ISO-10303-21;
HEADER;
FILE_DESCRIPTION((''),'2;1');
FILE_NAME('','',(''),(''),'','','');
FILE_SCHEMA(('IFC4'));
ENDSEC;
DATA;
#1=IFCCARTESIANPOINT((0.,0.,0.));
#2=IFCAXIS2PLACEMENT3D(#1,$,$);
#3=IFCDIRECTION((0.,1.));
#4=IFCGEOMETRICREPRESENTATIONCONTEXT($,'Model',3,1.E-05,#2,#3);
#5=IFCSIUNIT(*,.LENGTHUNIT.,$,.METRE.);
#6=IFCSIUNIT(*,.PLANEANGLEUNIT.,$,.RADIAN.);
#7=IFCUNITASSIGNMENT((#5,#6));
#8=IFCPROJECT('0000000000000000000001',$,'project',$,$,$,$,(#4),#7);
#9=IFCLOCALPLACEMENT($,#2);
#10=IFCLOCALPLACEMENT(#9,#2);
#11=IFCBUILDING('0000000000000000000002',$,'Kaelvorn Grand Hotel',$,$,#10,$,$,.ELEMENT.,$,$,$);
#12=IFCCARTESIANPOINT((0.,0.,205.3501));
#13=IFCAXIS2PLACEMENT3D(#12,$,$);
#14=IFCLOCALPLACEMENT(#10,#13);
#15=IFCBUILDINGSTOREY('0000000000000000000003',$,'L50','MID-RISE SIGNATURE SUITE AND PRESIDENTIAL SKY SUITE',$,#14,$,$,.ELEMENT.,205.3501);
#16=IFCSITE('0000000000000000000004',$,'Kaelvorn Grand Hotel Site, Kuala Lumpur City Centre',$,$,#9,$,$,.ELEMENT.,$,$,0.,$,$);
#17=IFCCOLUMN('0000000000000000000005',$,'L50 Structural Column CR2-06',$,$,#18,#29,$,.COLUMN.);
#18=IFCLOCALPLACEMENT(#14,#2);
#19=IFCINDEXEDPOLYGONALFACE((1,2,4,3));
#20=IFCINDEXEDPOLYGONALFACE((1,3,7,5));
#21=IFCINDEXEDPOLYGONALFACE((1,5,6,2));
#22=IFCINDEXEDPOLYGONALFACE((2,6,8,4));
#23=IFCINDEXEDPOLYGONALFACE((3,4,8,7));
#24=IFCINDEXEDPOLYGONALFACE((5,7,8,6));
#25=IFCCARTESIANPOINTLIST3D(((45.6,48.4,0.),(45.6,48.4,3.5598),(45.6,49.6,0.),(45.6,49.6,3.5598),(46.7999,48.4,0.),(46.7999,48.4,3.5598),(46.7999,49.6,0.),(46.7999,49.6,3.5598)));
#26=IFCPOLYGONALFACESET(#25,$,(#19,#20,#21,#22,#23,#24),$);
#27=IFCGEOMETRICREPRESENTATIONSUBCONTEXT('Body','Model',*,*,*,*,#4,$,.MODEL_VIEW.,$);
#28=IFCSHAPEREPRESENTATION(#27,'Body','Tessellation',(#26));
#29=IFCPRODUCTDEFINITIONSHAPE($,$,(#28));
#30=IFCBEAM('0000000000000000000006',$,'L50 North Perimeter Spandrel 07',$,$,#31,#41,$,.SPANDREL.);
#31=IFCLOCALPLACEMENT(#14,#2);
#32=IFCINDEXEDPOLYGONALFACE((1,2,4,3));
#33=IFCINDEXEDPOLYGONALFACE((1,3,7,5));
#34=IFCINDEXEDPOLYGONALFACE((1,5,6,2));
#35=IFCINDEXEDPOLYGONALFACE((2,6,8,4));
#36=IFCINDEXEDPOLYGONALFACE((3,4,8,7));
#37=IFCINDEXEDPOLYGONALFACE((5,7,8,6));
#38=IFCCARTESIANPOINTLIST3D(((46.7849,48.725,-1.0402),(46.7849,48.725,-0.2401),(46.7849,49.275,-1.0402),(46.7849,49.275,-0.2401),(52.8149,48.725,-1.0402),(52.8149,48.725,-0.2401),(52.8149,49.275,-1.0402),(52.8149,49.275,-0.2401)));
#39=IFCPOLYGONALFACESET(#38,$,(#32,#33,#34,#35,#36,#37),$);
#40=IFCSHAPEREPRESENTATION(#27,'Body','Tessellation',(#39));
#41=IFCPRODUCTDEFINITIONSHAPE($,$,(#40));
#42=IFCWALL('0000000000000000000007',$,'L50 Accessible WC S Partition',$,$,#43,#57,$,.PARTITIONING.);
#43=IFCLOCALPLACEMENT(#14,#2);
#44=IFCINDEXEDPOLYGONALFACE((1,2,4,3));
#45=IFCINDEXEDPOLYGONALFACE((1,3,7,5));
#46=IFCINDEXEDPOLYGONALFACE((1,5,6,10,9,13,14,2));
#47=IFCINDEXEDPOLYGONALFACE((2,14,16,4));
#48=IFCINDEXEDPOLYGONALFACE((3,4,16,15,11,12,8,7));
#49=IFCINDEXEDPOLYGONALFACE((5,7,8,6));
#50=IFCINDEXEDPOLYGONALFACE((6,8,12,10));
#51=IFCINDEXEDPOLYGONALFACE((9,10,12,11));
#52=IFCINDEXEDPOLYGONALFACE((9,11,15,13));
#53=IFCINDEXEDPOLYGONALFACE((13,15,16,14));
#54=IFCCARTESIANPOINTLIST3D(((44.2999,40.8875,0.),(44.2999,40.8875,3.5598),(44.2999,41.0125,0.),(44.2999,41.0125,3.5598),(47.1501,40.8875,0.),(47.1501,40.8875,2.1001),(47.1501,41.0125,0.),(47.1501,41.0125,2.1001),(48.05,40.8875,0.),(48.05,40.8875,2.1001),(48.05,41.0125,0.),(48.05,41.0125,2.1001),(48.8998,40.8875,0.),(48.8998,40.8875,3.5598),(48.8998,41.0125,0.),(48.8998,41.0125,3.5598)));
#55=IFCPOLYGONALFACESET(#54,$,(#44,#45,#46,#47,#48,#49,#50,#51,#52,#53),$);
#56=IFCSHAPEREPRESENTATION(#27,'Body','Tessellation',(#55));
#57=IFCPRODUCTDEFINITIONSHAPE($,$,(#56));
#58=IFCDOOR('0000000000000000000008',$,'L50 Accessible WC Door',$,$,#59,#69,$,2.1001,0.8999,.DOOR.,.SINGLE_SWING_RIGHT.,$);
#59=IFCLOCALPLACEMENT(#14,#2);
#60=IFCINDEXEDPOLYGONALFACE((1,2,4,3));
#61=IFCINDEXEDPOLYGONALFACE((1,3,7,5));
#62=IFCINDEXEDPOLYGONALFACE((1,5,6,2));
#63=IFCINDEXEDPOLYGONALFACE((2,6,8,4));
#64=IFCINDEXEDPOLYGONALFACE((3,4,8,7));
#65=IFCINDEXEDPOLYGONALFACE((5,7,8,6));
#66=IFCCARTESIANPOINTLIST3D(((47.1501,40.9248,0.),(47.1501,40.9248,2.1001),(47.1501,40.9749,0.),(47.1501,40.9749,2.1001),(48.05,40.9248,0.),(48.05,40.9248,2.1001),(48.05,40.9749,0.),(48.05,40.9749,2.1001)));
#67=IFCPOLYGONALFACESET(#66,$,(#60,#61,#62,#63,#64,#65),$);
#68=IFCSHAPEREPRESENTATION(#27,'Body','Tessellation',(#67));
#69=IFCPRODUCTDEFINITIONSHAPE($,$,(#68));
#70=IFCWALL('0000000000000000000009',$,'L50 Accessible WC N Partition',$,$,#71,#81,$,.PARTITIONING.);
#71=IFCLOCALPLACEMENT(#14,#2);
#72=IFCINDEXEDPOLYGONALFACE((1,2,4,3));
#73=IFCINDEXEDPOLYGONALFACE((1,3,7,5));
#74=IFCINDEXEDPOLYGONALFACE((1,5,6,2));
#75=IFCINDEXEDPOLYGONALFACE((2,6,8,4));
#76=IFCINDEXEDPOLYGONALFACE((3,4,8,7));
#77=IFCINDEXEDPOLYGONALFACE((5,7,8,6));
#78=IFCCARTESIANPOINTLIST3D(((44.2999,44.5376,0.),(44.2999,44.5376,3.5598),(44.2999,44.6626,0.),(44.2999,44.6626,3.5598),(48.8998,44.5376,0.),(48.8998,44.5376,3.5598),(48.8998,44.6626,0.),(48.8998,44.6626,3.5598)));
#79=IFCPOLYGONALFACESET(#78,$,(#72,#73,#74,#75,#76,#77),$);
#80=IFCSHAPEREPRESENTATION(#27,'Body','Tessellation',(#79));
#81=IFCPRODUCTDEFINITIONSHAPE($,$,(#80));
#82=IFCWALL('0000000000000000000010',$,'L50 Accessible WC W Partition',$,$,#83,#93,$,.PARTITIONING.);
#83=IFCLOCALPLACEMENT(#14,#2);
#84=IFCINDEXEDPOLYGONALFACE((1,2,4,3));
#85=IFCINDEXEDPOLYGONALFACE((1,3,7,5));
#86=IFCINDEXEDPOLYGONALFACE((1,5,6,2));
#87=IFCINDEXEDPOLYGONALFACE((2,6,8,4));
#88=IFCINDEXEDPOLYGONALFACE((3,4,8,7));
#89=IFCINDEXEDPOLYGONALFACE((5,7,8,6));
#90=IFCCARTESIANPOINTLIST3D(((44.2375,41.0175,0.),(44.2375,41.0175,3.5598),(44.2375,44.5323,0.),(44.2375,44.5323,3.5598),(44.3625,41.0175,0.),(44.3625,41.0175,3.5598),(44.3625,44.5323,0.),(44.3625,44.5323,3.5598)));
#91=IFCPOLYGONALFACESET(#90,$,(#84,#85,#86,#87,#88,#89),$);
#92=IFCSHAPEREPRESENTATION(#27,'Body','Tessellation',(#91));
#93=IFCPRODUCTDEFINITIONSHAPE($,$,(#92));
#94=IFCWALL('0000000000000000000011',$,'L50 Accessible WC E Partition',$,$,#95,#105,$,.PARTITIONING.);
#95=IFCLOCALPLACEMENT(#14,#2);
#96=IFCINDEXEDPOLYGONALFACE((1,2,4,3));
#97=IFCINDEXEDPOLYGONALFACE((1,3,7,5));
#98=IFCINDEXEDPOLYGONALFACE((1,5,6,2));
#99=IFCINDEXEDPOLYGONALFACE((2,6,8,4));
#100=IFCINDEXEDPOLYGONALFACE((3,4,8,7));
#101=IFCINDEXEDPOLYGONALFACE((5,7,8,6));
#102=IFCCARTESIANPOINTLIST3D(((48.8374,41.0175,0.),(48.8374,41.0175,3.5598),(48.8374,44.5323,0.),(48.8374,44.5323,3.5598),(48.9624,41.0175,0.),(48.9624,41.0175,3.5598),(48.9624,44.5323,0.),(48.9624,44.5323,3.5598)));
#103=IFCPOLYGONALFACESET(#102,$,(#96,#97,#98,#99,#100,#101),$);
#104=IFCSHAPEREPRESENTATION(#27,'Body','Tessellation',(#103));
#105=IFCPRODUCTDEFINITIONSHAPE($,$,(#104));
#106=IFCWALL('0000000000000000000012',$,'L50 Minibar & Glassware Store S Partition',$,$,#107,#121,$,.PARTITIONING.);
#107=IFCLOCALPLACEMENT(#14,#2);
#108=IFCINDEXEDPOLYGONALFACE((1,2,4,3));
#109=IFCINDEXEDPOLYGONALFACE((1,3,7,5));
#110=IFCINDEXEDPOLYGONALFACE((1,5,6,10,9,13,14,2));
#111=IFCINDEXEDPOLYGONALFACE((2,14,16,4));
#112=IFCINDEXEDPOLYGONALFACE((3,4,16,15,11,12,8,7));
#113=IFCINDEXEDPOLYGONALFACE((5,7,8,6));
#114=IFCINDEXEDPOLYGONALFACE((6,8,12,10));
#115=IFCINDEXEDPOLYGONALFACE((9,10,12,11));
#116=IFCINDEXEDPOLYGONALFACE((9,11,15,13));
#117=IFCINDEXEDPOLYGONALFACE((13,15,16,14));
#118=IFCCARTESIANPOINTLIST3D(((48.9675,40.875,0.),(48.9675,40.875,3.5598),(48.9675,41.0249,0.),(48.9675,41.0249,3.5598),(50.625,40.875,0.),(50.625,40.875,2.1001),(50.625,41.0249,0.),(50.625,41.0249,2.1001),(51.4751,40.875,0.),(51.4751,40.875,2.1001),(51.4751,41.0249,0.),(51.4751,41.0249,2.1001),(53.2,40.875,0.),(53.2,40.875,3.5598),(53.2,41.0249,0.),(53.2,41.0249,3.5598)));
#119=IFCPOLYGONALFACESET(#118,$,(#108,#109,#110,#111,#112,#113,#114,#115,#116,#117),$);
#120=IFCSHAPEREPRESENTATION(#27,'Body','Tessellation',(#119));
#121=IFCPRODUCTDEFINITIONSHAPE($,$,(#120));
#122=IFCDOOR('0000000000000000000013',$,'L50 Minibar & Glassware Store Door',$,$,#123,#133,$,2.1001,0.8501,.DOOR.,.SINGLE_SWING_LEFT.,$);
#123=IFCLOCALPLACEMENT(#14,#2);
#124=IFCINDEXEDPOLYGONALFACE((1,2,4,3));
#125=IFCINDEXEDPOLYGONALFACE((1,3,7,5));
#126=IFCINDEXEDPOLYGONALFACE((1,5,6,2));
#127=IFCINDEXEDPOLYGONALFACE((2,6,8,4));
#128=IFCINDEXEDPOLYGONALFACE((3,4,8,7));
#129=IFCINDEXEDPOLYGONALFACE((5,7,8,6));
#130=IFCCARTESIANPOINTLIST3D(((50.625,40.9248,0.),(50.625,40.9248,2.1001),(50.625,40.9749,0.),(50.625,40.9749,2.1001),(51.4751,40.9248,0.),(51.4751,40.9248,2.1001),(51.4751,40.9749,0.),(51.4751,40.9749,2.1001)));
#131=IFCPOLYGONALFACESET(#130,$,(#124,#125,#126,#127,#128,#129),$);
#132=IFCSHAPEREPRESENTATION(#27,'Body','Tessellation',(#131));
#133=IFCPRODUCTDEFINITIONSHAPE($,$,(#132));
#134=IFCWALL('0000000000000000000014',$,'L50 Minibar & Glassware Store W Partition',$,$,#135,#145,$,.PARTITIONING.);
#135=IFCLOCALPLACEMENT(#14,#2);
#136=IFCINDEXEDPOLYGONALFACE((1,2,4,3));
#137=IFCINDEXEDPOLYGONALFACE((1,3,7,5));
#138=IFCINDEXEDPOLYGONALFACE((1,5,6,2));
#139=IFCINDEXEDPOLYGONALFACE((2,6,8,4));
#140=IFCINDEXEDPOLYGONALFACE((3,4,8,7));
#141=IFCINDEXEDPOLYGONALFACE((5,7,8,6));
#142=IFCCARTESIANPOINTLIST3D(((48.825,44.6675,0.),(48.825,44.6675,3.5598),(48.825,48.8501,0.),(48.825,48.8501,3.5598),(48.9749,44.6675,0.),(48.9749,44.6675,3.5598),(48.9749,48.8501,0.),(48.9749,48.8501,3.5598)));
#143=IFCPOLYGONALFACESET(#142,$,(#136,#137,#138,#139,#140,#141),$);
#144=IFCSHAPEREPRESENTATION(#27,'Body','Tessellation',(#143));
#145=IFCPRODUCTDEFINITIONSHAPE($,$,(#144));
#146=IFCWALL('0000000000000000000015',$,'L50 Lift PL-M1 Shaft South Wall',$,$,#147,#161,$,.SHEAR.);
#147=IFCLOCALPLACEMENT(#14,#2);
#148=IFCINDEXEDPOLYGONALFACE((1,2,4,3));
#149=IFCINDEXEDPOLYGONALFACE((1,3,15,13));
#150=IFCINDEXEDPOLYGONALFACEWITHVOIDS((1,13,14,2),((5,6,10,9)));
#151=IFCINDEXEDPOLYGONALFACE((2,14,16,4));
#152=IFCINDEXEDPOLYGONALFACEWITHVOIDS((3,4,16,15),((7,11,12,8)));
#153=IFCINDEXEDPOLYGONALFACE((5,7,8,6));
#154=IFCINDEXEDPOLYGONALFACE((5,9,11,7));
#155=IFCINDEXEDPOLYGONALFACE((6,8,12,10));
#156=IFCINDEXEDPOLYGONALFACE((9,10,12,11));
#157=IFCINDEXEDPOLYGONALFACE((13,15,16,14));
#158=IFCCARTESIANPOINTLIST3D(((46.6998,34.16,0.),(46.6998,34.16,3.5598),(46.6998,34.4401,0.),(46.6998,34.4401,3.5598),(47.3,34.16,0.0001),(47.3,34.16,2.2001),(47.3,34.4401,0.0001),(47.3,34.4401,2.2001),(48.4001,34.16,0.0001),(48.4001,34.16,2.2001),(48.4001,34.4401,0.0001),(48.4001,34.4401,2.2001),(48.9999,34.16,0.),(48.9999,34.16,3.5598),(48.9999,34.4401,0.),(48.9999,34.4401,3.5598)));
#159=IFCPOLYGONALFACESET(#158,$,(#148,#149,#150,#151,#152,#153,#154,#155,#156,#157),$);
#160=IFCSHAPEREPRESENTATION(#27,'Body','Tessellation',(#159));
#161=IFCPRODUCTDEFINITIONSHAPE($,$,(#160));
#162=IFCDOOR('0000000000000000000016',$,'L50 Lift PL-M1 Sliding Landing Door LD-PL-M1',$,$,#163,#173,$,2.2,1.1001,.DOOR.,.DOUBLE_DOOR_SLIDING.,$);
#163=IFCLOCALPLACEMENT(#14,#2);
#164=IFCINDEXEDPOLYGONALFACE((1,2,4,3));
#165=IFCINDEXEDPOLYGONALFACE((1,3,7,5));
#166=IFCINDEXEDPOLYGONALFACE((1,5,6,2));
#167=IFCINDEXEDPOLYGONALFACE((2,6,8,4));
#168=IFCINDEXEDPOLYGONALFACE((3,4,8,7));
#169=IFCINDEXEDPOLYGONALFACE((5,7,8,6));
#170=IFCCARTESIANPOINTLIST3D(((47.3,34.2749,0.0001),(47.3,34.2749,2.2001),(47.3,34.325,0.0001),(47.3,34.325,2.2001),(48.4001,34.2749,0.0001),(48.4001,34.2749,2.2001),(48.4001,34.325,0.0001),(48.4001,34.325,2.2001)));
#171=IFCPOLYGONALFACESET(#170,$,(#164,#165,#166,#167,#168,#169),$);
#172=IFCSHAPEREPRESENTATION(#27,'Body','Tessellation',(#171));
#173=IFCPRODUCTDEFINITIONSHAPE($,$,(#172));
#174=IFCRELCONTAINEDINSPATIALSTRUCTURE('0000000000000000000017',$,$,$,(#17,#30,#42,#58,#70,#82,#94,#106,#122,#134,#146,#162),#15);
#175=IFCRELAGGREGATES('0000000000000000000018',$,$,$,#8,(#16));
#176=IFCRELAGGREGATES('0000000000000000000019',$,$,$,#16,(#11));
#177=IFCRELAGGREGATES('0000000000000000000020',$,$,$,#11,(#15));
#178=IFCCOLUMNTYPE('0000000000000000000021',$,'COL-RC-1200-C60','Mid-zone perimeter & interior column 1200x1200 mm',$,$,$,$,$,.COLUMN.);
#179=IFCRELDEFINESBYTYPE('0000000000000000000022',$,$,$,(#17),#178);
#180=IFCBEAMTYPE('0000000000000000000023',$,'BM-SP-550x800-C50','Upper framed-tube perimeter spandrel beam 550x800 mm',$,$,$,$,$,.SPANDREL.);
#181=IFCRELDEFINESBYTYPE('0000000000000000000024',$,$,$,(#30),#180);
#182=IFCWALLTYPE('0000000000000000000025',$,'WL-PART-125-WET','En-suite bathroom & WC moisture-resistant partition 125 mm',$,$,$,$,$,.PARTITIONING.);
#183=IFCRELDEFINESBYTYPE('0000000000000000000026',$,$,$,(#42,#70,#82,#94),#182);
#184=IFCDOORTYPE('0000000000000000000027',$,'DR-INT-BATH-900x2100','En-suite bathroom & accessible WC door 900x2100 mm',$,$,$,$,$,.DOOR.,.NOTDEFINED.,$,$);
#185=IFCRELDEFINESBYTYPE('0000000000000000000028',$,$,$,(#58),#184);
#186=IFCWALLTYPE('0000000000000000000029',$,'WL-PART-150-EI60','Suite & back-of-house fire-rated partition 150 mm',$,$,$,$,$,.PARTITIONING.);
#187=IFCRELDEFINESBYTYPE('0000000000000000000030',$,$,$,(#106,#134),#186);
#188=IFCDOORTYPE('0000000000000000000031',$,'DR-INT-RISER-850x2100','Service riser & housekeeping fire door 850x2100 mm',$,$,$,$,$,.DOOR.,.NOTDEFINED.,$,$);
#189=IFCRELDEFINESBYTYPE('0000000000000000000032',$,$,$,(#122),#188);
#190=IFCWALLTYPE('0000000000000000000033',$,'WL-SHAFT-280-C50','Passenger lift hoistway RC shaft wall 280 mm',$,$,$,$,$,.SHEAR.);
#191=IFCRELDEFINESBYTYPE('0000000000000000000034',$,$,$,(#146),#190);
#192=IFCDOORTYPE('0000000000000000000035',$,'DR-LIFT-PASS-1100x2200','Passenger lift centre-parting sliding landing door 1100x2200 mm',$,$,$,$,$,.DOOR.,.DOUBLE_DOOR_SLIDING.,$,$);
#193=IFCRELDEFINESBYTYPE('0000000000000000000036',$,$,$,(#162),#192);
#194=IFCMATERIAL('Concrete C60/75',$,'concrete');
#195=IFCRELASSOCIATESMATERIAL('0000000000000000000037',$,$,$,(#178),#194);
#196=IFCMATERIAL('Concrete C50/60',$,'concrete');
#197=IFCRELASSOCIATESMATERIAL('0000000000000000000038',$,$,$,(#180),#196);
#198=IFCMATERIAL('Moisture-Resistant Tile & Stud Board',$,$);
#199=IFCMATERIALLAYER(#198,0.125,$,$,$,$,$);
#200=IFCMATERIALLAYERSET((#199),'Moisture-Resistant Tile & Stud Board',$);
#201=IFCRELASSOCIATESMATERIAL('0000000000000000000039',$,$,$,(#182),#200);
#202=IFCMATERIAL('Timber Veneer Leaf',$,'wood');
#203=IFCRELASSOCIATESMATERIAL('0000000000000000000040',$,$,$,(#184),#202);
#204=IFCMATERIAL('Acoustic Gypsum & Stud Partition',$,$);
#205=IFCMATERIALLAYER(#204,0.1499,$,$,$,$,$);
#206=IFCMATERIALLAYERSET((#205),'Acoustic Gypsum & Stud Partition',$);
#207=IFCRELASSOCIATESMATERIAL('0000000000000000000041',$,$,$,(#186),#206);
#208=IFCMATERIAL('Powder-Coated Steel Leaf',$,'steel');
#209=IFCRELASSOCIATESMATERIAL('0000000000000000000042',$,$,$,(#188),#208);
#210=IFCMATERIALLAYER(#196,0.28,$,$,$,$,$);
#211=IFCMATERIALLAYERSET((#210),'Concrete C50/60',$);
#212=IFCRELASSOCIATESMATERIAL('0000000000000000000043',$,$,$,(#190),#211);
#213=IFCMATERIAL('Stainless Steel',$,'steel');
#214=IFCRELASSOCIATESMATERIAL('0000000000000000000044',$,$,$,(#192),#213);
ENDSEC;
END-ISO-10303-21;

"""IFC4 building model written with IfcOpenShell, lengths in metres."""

from ifc_helpers import new_model, si_unit, direction, frame, frame_2d, origin, origin_2d, place, context, subcontext, project, spatial, rectangle, extrude, material, layer, layer_set, material_profile, profile_set, type_object, element, fill, save


model = new_model("IFC4")

# Units and contexts
model_context = context("Model", 3, precision=1e-05, world=origin(), true_north=direction((0.0, 1.0)))
body_context = subcontext(model_context, "Body", "Model", "MODEL_VIEW")
ifc_project = project(units=[si_unit("LENGTHUNIT", "METRE"), si_unit("PLANEANGLEUNIT", "RADIAN")], contexts=[model_context])

# Site, building, storey
site_placement = place(None, origin())
site = spatial("IfcSite", under=ifc_project, at=site_placement, Name="Kaelvorn Grand Hotel Site, Kuala Lumpur City Centre", CompositionType="ELEMENT", RefElevation=0.0)
building_placement = place(site_placement, origin())
building = spatial("IfcBuilding", under=site, at=building_placement, Name="Kaelvorn Grand Hotel", CompositionType="ELEMENT")
storey_placement = place(building_placement, frame((0.0, 0.0, 205.3501)))
storey = spatial("IfcBuildingStorey", under=building, at=storey_placement, Name="L50", Description="MID-RISE SIGNATURE SUITE AND PRESIDENTIAL SKY SUITE", CompositionType="ELEMENT", Elevation=205.3501)

# Column
ifc_material_1 = material(Name="Concrete C60/75", Category="concrete")
ifc_material_profile_1 = material_profile(ifc_material_1, rectangle(XDim=1.2, YDim=1.2, at=origin_2d()), Name="RC COL 1200x1200")
ifc_profile_set_1 = profile_set([ifc_material_profile_1], Name="Concrete C60/75")
column_type = type_object("IfcColumnType", Name="COL-RC-1200-C60", Description="Mid-zone perimeter & interior column 1200x1200 mm", PredefinedType="COLUMN", material=ifc_profile_set_1)
column_placement = place(storey_placement, frame((46.2, 49.0, 0.0), z_axis=(0.0, 0.0, 1.0), x_axis=(1.0, 0.0, 0.0)))
element("IfcColumn", 1, at=column_placement, inside=storey, type_object=column_type, Name="L50 Structural Column CR2-06", PredefinedType="COLUMN", context=body_context, shape_type="SweptSolid", body=[
    extrude(rectangle(XDim=1.2, YDim=1.2, at=origin_2d()), origin(), (0.0, 0.0, 1.0), 3.5598),
])

# Beam
ifc_material_2 = material(Name="Concrete C50/60", Category="concrete")
ifc_material_profile_2 = material_profile(ifc_material_2, rectangle(XDim=0.55, YDim=0.8, at=origin_2d()), Name="RC SPANDREL 550x800")
ifc_profile_set_2 = profile_set([ifc_material_profile_2], Name="Concrete C50/60")
beam_type = type_object("IfcBeamType", Name="BM-SP-550x800-C50", Description="Upper framed-tube perimeter spandrel beam 550x800 mm", PredefinedType="SPANDREL", material=ifc_profile_set_2)
beam_placement = place(storey_placement, frame((46.7849, 49.0, -0.6401), z_axis=(1.0, 0.0, 0.0), x_axis=(0.0, 1.0, 0.0)))
element("IfcBeam", 2, at=beam_placement, inside=storey, type_object=beam_type, Name="L50 North Perimeter Spandrel 07", PredefinedType="SPANDREL", context=body_context, shape_type="SweptSolid", body=[
    extrude(rectangle(XDim=0.55, YDim=0.8, at=origin_2d()), origin(), (0.0, 0.0, 1.0), 6.03),
])

# Wall, opening, door
ifc_material_3 = material(Name="Moisture-Resistant Tile & Stud Board")
ifc_layer_1 = layer(ifc_material_3, 0.125)
ifc_layer_set_1 = layer_set([ifc_layer_1], Name="Moisture-Resistant Tile & Stud Board")
wall_type_1 = type_object("IfcWallType", Name="WL-PART-125-WET", Description="En-suite bathroom & WC moisture-resistant partition 125 mm", PredefinedType="PARTITIONING", material=ifc_layer_set_1)
wall_1_placement = place(storey_placement, frame((44.3, 40.95, 0.0), z_axis=(0.0, 0.0, 1.0), x_axis=(1.0, 0.0, 0.0)))
wall_1 = element("IfcWall", 3, at=wall_1_placement, inside=storey, type_object=wall_type_1, Name="L50 Accessible WC S Partition", PredefinedType="PARTITIONING", context=body_context, shape_type="SweptSolid", body=[
    extrude(rectangle(XDim=4.5999, YDim=0.125, at=frame_2d((2.2998, 0.0))), origin(), (0.0, 0.0, 1.0), 3.5598),
])
opening_1_placement = place(wall_1_placement, frame((2.8501, 0.0, 0.0)))
opening_1 = element("IfcOpeningElement", 4, at=opening_1_placement, cuts=wall_1, PredefinedType="OPENING", context=body_context, shape_type="SweptSolid", body=[
    extrude(rectangle(XDim=0.8999, YDim=2.1001, at=frame_2d((0.45, 1.05))), frame((0.0, 0.0725, 0.0), z_axis=(0.0, -1.0, 0.0), x_axis=(1.0, 0.0, 0.0)), (0.0, 0.0, 1.0), 0.145),
])
ifc_material_4 = material(Name="Timber Veneer Leaf", Category="wood")
door_type_1 = type_object("IfcDoorType", Name="DR-INT-BATH-900x2100", Description="En-suite bathroom & accessible WC door 900x2100 mm", OperationType="NOTDEFINED", PredefinedType="DOOR", material=ifc_material_4)
door_1_placement = place(opening_1_placement, origin())
door_1 = element("IfcDoor", 5, at=door_1_placement, inside=storey, type_object=door_type_1, Name="L50 Accessible WC Door", OperationType="SINGLE_SWING_RIGHT", OverallHeight=2.1001, OverallWidth=0.8999, PredefinedType="DOOR", context=body_context, shape_type="SweptSolid", body=[
    extrude(rectangle(XDim=0.8999, YDim=2.1001, at=frame_2d((0.45, 1.05))), frame((0.0, 0.0249, 0.0), z_axis=(0.0, -1.0, 0.0), x_axis=(1.0, 0.0, 0.0)), (0.0, 0.0, 1.0), 0.05),
])
fill(opening_1, door_1)

# Walls
wall_2_placement = place(storey_placement, frame((44.3, 44.6001, 0.0), z_axis=(0.0, 0.0, 1.0), x_axis=(1.0, 0.0, 0.0)))
element("IfcWall", 6, at=wall_2_placement, inside=storey, type_object=wall_type_1, Name="L50 Accessible WC N Partition", PredefinedType="PARTITIONING", context=body_context, shape_type="SweptSolid", body=[
    extrude(rectangle(XDim=4.5999, YDim=0.125, at=frame_2d((2.2998, 0.0))), origin(), (0.0, 0.0, 1.0), 3.5598),
])
for number, where, z_axis, x_axis, name in (
    (7, (44.3, 41.0176, 0.0), (0.0, 0.0, 1.0), (0.0, 1.0, 0.0), "L50 Accessible WC W Partition"),
    (8, (48.8999, 41.0176, 0.0), (0.0, 0.0, 1.0), (0.0, 1.0, 0.0), "L50 Accessible WC E Partition"),
):
    element("IfcWall", number, at=place(storey_placement, frame(where, z_axis=z_axis, x_axis=x_axis)), inside=storey, type_object=wall_type_1, Name=name, PredefinedType="PARTITIONING", context=body_context, shape_type="SweptSolid", body=[
        extrude(rectangle(XDim=3.5149, YDim=0.125, at=frame_2d((1.7573, 0.0))), origin(), (0.0, 0.0, 1.0), 3.5598),
    ])

# Wall, opening, door
ifc_material_5 = material(Name="Acoustic Gypsum & Stud Partition")
ifc_layer_2 = layer(ifc_material_5, 0.1499)
ifc_layer_set_2 = layer_set([ifc_layer_2], Name="Acoustic Gypsum & Stud Partition")
wall_type_2 = type_object("IfcWallType", Name="WL-PART-150-EI60", Description="Suite & back-of-house fire-rated partition 150 mm", PredefinedType="PARTITIONING", material=ifc_layer_set_2)
wall_3_placement = place(storey_placement, frame((48.9675, 40.95, 0.0), z_axis=(0.0, 0.0, 1.0), x_axis=(1.0, 0.0, 0.0)))
wall_3 = element("IfcWall", 9, at=wall_3_placement, inside=storey, type_object=wall_type_2, Name="L50 Minibar & Glassware Store S Partition", PredefinedType="PARTITIONING", context=body_context, shape_type="SweptSolid", body=[
    extrude(rectangle(XDim=4.2324, YDim=0.1499, at=frame_2d((2.1162, 0.0))), origin(), (0.0, 0.0, 1.0), 3.5598),
])
opening_2_placement = place(wall_3_placement, frame((1.6575, 0.0, 0.0)))
opening_2 = element("IfcOpeningElement", 10, at=opening_2_placement, cuts=wall_3, PredefinedType="OPENING", context=body_context, shape_type="SweptSolid", body=[
    extrude(rectangle(XDim=0.8501, YDim=2.1001, at=frame_2d((0.425, 1.05))), frame((0.0, 0.085, 0.0), z_axis=(0.0, -1.0, 0.0), x_axis=(1.0, 0.0, 0.0)), (0.0, 0.0, 1.0), 0.1699),
])
ifc_material_6 = material(Name="Powder-Coated Steel Leaf", Category="steel")
door_type_2 = type_object("IfcDoorType", Name="DR-INT-RISER-850x2100", Description="Service riser & housekeeping fire door 850x2100 mm", OperationType="NOTDEFINED", PredefinedType="DOOR", material=ifc_material_6)
door_2_placement = place(opening_2_placement, origin())
door_2 = element("IfcDoor", 11, at=door_2_placement, inside=storey, type_object=door_type_2, Name="L50 Minibar & Glassware Store Door", OperationType="SINGLE_SWING_LEFT", OverallHeight=2.1001, OverallWidth=0.8501, PredefinedType="DOOR", context=body_context, shape_type="SweptSolid", body=[
    extrude(rectangle(XDim=0.8501, YDim=2.1001, at=frame_2d((0.425, 1.05))), frame((0.0, 0.0249, 0.0), z_axis=(0.0, -1.0, 0.0), x_axis=(1.0, 0.0, 0.0)), (0.0, 0.0, 1.0), 0.05),
])
fill(opening_2, door_2)

# Wall
wall_4_placement = place(storey_placement, frame((48.8999, 44.6675, 0.0), z_axis=(0.0, 0.0, 1.0), x_axis=(0.0, 1.0, 0.0)))
element("IfcWall", 12, at=wall_4_placement, inside=storey, type_object=wall_type_2, Name="L50 Minibar & Glassware Store W Partition", PredefinedType="PARTITIONING", context=body_context, shape_type="SweptSolid", body=[
    extrude(rectangle(XDim=4.1826, YDim=0.1499, at=frame_2d((2.0913, 0.0))), origin(), (0.0, 0.0, 1.0), 3.5598),
])

# Wall, opening, door
ifc_layer_3 = layer(ifc_material_2, 0.28)
ifc_layer_set_3 = layer_set([ifc_layer_3], Name="Concrete C50/60")
wall_type_3 = type_object("IfcWallType", Name="WL-SHAFT-280-C50", Description="Passenger lift hoistway RC shaft wall 280 mm", PredefinedType="SHEAR", material=ifc_layer_set_3)
wall_5_placement = place(storey_placement, frame((46.7, 34.3, 0.0), z_axis=(0.0, 0.0, 1.0), x_axis=(1.0, 0.0, 0.0)))
wall_5 = element("IfcWall", 13, at=wall_5_placement, inside=storey, type_object=wall_type_3, Name="L50 Lift PL-M1 Shaft South Wall", PredefinedType="SHEAR", context=body_context, shape_type="SweptSolid", body=[
    extrude(rectangle(XDim=2.3, YDim=0.28, at=frame_2d((1.1499, 0.0))), origin(), (0.0, 0.0, 1.0), 3.5598),
])
opening_3_placement = place(wall_5_placement, frame((0.6001, 0.0, 0.0)))
opening_3 = element("IfcOpeningElement", 14, at=opening_3_placement, cuts=wall_5, PredefinedType="OPENING", context=body_context, shape_type="SweptSolid", body=[
    extrude(rectangle(XDim=1.1001, YDim=2.2, at=frame_2d((0.55, 1.1001))), frame((0.0, 0.1499, 0.0), z_axis=(0.0, -1.0, 0.0), x_axis=(1.0, 0.0, 0.0)), (0.0, 0.0, 1.0), 0.3),
])
ifc_material_7 = material(Name="Stainless Steel", Category="steel")
door_type_3 = type_object("IfcDoorType", Name="DR-LIFT-PASS-1100x2200", Description="Passenger lift centre-parting sliding landing door 1100x2200 mm", OperationType="DOUBLE_DOOR_SLIDING", PredefinedType="DOOR", material=ifc_material_7)
door_3_placement = place(opening_3_placement, origin())
door_3 = element("IfcDoor", 15, at=door_3_placement, inside=storey, type_object=door_type_3, Name="L50 Lift PL-M1 Sliding Landing Door LD-PL-M1", OperationType="DOUBLE_DOOR_SLIDING", OverallHeight=2.2, OverallWidth=1.1001, PredefinedType="DOOR", context=body_context, shape_type="SweptSolid", body=[
    extrude(rectangle(XDim=1.1001, YDim=2.2, at=frame_2d((0.55, 1.1001))), frame((0.0, 0.0249, 0.0), z_axis=(0.0, -1.0, 0.0), x_axis=(1.0, 0.0, 0.0)), (0.0, 0.0, 1.0), 0.05),
])
fill(opening_3, door_3)

save(model, "model.ifc")
